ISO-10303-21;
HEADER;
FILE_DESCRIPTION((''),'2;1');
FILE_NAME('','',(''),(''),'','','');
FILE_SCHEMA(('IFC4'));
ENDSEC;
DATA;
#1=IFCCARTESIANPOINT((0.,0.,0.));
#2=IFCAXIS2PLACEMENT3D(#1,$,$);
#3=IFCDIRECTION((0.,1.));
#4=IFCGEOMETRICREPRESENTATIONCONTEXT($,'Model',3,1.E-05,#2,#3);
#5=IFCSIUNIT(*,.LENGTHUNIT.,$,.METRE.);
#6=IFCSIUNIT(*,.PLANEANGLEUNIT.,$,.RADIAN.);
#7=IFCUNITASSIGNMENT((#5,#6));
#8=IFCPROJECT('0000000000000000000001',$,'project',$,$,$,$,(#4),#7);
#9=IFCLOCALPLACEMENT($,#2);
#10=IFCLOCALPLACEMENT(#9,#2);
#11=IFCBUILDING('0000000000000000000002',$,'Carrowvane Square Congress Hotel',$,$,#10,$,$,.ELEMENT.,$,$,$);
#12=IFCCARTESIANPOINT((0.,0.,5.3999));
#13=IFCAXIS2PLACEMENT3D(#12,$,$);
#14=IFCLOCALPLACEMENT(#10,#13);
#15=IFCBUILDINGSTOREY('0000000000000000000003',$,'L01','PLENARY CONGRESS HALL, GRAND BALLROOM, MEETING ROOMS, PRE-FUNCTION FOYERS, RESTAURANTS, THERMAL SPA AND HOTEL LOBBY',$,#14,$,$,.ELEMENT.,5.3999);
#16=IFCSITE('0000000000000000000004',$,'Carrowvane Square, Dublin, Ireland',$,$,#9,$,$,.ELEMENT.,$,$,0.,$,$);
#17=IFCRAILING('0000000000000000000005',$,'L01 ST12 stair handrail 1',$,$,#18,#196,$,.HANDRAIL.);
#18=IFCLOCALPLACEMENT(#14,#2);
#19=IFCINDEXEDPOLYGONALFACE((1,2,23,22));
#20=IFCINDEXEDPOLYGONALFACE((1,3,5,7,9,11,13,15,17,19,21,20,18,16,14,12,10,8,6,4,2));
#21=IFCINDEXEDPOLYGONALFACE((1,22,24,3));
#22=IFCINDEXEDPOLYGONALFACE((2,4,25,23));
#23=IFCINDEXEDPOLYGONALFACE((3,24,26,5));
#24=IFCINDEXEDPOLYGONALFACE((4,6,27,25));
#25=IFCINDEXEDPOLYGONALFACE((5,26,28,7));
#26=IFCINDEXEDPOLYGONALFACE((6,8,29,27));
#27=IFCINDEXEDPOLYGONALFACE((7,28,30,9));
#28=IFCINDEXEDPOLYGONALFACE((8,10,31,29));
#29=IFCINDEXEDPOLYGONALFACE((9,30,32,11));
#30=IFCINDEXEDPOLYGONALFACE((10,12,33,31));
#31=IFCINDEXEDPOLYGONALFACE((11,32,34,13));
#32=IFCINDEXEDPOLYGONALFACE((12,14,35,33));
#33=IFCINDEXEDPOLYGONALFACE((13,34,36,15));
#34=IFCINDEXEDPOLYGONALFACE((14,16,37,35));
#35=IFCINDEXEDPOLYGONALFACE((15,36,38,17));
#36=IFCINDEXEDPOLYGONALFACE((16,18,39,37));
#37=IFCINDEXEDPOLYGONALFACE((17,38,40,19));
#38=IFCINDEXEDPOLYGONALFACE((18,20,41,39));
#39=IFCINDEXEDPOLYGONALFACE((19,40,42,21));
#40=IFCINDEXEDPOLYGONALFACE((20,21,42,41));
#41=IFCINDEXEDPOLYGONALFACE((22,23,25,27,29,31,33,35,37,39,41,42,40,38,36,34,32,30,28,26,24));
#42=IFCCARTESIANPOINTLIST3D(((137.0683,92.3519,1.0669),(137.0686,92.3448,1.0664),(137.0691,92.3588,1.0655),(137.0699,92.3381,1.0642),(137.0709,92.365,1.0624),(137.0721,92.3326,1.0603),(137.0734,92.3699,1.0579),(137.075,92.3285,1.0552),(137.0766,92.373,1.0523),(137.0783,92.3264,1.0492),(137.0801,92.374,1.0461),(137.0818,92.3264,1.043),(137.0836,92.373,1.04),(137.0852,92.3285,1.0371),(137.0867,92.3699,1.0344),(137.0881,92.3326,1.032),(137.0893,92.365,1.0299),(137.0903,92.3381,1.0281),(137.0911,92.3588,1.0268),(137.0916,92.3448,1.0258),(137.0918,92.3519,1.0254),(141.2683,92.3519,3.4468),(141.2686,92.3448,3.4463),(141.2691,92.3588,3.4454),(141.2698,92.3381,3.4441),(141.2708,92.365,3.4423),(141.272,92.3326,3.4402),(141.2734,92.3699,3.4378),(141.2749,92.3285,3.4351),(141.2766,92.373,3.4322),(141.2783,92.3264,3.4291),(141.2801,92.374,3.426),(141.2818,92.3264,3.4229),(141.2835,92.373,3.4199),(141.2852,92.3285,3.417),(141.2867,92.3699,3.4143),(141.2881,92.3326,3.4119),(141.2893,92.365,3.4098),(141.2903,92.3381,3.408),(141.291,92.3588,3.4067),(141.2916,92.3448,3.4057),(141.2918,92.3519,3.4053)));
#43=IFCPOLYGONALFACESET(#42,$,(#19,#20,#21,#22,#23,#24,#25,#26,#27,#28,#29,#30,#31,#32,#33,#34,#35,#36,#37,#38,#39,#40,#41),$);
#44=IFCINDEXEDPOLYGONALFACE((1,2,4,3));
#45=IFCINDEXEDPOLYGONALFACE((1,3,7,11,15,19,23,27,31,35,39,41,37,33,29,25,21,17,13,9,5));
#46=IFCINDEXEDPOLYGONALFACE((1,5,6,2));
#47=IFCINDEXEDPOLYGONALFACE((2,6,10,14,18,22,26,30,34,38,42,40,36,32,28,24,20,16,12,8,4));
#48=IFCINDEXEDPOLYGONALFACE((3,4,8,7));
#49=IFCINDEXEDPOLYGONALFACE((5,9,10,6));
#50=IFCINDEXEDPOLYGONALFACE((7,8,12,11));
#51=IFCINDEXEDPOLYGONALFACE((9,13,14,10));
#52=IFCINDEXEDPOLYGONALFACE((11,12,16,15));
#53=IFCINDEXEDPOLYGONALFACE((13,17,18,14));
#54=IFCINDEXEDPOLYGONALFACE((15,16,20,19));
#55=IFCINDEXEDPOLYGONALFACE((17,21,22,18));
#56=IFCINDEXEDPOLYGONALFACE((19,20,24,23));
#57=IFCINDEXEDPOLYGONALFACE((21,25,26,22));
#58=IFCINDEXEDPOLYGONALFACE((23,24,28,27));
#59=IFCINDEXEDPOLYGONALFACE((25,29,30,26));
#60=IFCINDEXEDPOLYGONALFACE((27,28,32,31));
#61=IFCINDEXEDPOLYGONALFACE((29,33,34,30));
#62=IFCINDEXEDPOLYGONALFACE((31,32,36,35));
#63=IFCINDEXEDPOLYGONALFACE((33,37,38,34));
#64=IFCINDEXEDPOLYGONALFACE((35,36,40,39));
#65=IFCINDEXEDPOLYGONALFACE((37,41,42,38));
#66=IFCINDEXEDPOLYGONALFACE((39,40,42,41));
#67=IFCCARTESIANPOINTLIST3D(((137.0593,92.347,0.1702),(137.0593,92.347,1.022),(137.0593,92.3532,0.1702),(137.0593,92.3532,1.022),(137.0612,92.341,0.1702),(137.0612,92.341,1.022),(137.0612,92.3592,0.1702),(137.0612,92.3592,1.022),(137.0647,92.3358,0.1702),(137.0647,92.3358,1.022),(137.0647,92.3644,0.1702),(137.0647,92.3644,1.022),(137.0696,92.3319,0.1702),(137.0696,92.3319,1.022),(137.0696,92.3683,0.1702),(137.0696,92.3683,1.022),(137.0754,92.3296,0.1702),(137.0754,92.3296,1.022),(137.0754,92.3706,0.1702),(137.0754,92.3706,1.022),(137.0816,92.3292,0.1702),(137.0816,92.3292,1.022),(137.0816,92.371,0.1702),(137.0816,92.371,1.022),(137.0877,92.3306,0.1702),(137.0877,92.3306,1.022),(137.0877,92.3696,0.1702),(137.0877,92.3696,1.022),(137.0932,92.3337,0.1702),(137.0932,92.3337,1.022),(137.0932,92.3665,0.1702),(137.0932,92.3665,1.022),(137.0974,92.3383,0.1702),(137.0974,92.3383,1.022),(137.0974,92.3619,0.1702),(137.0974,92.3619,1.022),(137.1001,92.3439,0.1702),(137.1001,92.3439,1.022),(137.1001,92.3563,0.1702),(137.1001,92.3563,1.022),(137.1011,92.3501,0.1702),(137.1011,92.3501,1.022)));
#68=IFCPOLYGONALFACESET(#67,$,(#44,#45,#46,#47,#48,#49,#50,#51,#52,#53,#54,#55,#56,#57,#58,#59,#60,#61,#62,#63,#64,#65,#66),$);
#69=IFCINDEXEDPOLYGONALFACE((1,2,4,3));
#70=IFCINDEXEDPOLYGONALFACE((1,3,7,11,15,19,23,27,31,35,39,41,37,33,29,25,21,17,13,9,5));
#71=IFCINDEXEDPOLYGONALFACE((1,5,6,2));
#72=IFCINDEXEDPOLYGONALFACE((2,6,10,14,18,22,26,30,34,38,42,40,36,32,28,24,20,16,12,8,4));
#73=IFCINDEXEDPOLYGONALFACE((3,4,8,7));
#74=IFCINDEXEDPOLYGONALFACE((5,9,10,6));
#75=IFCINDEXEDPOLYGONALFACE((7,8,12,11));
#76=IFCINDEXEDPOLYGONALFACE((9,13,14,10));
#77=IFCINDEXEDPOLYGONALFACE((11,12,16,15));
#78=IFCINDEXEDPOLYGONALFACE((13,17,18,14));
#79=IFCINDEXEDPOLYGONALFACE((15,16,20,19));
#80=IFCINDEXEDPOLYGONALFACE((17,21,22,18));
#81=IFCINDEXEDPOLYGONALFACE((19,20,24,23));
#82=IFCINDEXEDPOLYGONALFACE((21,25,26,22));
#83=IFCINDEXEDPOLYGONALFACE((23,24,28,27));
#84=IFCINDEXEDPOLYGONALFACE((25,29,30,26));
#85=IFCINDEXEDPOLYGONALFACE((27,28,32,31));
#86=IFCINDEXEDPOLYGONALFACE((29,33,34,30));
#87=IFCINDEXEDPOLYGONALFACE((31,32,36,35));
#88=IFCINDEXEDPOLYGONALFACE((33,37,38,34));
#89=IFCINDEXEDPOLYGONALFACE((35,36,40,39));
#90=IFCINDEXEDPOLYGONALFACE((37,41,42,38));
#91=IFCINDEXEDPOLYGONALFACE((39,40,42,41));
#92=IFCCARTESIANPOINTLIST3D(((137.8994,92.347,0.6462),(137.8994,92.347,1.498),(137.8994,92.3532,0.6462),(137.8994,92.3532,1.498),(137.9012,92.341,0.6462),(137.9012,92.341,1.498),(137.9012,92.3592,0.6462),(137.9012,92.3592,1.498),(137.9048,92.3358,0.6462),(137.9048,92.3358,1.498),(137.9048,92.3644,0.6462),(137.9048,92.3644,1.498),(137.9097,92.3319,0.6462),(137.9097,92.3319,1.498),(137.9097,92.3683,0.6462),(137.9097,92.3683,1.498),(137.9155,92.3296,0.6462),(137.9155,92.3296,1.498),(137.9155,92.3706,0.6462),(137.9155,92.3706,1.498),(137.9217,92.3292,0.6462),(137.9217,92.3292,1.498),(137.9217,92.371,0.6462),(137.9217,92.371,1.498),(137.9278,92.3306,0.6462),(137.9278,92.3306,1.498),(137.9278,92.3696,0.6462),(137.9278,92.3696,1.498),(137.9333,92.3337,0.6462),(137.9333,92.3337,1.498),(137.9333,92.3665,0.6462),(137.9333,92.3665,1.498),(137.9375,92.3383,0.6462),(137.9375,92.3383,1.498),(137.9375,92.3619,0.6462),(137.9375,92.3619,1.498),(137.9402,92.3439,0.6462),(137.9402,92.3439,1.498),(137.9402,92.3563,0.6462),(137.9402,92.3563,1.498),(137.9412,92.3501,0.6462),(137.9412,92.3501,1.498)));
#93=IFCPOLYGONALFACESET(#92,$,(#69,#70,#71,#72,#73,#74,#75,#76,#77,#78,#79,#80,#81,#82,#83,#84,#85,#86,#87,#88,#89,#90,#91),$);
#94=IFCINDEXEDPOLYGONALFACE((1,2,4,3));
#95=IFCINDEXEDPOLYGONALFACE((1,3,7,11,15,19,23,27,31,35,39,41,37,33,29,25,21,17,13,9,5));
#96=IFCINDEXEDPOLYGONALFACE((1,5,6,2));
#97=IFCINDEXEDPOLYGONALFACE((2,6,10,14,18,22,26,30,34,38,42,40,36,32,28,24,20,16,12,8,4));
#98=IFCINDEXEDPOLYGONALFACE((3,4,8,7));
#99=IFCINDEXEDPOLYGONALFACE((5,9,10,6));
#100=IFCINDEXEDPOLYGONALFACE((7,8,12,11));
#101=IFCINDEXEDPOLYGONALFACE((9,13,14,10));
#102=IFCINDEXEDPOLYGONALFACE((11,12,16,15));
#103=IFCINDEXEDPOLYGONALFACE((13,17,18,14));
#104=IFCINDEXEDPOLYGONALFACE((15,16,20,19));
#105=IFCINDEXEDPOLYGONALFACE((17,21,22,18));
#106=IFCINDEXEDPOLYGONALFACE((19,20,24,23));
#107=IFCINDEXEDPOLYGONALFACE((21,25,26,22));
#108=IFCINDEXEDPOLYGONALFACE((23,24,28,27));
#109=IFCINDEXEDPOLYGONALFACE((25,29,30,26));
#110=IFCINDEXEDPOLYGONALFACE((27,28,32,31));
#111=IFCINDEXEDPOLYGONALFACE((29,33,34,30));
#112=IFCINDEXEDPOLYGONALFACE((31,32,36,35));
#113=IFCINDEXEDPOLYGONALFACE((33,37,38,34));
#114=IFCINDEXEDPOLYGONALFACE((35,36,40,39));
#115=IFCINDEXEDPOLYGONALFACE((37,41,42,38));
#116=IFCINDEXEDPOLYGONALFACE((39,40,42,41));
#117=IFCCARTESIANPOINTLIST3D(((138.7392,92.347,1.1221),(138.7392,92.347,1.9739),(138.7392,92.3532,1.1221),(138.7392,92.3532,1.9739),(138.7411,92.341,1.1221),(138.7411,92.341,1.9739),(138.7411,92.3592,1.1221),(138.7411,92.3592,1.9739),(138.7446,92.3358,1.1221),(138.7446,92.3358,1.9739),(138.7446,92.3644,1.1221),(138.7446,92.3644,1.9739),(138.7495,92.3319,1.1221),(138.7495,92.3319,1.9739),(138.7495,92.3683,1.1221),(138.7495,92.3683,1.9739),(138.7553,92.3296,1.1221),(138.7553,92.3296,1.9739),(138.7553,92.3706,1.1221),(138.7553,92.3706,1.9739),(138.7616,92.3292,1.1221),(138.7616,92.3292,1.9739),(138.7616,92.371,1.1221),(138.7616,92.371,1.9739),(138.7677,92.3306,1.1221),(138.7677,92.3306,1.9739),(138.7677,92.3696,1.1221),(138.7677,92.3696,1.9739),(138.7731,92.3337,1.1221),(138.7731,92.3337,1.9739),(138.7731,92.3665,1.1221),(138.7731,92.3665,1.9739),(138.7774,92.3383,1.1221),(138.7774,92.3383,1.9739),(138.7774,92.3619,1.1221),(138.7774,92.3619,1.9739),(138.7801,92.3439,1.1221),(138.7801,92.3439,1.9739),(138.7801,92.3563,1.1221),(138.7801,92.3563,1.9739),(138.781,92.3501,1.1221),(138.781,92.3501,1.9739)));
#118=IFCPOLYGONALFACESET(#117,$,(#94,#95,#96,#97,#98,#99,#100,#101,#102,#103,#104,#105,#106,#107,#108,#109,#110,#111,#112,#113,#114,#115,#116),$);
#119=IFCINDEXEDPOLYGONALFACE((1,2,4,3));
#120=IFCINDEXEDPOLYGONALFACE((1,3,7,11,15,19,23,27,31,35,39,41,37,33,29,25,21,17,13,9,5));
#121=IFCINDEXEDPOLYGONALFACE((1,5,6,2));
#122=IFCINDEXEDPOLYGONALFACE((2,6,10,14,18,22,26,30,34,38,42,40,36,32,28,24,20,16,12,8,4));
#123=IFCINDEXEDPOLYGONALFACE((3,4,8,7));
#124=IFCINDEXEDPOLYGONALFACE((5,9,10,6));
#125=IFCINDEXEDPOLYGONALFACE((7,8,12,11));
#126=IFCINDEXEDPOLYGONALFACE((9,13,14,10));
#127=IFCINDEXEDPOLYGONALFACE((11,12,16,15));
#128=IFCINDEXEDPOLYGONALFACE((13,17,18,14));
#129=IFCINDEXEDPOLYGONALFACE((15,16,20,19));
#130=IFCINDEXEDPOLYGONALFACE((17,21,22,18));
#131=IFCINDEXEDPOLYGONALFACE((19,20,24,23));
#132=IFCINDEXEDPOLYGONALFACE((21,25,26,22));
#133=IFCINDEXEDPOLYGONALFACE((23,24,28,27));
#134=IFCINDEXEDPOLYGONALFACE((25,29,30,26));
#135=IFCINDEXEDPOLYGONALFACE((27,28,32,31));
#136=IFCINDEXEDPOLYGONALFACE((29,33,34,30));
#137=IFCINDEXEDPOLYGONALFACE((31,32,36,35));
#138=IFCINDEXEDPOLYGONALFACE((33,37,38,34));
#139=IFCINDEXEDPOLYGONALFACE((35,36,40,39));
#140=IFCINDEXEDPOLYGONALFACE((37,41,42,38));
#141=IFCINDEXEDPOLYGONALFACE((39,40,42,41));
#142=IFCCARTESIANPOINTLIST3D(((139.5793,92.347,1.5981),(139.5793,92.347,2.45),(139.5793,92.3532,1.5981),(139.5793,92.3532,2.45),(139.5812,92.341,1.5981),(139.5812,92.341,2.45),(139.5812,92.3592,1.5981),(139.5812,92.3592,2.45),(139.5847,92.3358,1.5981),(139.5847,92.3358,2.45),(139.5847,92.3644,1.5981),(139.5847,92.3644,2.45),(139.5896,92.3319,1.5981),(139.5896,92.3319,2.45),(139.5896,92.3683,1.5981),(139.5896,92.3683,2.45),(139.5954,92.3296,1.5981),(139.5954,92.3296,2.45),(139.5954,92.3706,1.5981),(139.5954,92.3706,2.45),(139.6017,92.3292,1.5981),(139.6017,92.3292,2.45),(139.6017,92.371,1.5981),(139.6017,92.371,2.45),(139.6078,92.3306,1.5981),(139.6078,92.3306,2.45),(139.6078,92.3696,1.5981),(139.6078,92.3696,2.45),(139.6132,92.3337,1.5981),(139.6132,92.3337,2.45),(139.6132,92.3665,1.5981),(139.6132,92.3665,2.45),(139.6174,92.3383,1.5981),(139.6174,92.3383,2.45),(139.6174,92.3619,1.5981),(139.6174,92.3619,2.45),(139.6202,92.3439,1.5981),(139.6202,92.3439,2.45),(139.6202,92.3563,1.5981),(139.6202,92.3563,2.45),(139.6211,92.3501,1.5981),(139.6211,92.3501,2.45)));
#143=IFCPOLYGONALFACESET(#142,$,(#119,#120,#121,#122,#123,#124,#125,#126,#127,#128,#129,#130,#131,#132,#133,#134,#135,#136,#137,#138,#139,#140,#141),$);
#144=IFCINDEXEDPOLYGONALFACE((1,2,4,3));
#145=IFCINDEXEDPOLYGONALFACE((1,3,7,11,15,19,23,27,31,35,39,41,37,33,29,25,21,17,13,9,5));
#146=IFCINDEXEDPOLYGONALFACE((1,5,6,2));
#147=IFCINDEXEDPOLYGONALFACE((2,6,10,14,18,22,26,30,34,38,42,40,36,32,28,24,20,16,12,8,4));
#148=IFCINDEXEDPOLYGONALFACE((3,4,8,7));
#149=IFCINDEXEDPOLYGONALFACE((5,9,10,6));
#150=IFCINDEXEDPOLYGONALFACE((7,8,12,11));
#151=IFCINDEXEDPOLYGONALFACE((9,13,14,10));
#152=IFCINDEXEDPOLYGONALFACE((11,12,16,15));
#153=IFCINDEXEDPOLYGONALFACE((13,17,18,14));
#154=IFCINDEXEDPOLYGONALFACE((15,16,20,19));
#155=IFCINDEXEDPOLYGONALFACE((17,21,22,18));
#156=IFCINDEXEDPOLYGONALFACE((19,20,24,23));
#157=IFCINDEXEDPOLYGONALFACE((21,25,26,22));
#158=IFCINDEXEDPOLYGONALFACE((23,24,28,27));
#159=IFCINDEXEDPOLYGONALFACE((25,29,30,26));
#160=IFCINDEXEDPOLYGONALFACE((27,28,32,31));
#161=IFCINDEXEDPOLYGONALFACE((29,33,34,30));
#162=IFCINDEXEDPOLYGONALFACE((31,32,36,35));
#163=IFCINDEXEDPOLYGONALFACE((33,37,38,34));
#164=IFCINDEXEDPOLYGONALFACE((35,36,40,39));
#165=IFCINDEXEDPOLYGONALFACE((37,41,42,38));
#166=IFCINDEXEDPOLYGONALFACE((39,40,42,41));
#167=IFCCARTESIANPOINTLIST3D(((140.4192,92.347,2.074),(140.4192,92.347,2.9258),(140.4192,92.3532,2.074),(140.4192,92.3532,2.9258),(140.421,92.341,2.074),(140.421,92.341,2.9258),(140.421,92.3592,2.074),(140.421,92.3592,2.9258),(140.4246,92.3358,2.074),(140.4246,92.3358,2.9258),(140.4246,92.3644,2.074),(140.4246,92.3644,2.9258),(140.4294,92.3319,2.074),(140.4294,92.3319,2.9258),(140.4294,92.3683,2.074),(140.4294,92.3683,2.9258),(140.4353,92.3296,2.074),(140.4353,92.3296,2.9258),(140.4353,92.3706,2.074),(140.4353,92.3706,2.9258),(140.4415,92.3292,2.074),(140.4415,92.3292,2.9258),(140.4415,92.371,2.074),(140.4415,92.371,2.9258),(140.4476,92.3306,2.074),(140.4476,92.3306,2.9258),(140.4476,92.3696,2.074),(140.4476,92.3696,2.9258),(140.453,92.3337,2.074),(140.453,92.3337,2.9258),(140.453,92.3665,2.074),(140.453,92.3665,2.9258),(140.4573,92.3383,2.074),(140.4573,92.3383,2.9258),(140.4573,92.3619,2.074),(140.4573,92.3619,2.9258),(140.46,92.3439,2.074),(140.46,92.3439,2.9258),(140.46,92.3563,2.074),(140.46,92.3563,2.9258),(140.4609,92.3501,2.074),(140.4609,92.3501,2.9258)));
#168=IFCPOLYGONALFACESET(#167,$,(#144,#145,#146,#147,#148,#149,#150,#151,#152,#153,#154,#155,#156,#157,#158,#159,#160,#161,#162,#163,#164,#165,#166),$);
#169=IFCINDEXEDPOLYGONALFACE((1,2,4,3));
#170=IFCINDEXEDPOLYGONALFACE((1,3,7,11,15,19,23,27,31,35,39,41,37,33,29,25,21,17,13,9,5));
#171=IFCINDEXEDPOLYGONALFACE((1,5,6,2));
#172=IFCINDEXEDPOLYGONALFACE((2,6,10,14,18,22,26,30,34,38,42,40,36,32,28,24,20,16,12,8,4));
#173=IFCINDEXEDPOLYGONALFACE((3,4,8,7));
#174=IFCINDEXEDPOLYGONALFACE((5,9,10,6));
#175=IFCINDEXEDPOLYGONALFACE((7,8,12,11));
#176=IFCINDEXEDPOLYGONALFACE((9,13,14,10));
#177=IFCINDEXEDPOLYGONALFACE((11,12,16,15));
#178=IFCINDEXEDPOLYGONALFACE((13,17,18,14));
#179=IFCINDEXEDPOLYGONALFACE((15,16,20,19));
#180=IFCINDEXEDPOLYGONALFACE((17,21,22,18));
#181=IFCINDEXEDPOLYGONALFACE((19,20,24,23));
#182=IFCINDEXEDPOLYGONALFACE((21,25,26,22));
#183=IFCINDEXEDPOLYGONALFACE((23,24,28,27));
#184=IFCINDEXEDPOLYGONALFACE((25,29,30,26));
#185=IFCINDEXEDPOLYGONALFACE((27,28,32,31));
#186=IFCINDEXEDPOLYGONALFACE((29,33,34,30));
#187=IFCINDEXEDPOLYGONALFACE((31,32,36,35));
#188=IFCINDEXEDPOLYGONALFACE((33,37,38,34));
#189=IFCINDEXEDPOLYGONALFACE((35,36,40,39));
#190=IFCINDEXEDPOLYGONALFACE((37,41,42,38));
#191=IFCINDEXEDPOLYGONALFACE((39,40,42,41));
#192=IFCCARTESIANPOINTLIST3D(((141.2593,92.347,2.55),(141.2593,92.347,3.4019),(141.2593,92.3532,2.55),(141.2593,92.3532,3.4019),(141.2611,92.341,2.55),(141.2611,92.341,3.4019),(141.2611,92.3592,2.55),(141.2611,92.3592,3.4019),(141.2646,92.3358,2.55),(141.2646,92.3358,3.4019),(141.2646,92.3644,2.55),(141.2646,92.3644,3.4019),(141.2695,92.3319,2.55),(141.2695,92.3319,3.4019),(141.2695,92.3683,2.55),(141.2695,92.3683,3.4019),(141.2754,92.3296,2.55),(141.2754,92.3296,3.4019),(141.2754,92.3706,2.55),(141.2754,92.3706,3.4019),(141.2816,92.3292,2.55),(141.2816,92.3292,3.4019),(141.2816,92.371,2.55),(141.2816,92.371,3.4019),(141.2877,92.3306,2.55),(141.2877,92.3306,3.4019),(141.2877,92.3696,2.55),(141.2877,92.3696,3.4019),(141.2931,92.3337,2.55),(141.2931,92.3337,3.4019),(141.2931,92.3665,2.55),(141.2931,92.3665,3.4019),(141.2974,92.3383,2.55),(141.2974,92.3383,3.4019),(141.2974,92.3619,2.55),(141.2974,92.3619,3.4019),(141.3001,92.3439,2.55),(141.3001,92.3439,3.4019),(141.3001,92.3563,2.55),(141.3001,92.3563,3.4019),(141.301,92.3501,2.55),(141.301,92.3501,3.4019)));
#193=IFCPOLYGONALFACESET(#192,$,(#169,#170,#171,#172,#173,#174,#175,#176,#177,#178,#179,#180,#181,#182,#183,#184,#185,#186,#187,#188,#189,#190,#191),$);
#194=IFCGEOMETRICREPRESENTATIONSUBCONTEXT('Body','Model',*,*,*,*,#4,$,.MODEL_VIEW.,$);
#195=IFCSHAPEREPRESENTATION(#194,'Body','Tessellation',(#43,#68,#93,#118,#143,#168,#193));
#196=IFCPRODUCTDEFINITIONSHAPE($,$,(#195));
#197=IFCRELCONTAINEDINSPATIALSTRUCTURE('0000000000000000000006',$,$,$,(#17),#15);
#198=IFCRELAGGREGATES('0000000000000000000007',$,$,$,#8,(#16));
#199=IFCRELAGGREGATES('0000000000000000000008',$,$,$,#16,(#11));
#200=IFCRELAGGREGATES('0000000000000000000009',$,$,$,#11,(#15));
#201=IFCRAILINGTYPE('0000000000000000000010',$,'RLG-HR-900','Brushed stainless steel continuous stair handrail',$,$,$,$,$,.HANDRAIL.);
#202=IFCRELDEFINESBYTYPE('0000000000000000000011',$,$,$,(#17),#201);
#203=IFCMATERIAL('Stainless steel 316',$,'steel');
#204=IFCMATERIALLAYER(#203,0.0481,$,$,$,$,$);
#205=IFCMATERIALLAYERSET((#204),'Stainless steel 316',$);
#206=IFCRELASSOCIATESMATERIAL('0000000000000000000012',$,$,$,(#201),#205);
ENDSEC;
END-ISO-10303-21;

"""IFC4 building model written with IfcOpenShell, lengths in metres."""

from ifc_helpers import new_model, si_unit, direction, frame, origin, origin_2d, place, context, subcontext, project, spatial, circle, extrude, material, layer, layer_set, type_object, element, save


model = new_model("IFC4")

# Units and contexts
model_context = context("Model", 3, precision=1e-05, world=origin(), true_north=direction((0.0, 1.0)))
body_context = subcontext(model_context, "Body", "Model", "MODEL_VIEW")
ifc_project = project(units=[si_unit("LENGTHUNIT", "METRE"), si_unit("PLANEANGLEUNIT", "RADIAN")], contexts=[model_context])

# Site, building, storey
site_placement = place(None, origin())
site = spatial("IfcSite", under=ifc_project, at=site_placement, Name="Carrowvane Square, Dublin, Ireland", CompositionType="ELEMENT", RefElevation=0.0)
building_placement = place(site_placement, origin())
building = spatial("IfcBuilding", under=site, at=building_placement, Name="Carrowvane Square Congress Hotel", CompositionType="ELEMENT")
storey_placement = place(building_placement, frame((0.0, 0.0, 5.3999)))
storey = spatial("IfcBuildingStorey", under=building, at=storey_placement, Name="L01", Description="PLENARY CONGRESS HALL, GRAND BALLROOM, MEETING ROOMS, PRE-FUNCTION FOYERS, RESTAURANTS, THERMAL SPA AND HOTEL LOBBY", CompositionType="ELEMENT", Elevation=5.3999)

# Railing
ifc_material_1 = material(Name="Stainless steel 316", Category="steel")
ifc_layer_1 = layer(ifc_material_1, 0.0481)
ifc_layer_set_1 = layer_set([ifc_layer_1], Name="Stainless steel 316")
railing_type_1 = type_object("IfcRailingType", Name="RLG-HR-900", Description="Brushed stainless steel continuous stair handrail", PredefinedType="HANDRAIL", material=ifc_layer_set_1)
railing_1_placement = place(storey_placement, frame((137.0801, 92.3501, 0.1702)))
element("IfcRailing", 1, at=railing_1_placement, inside=storey, type_object=railing_type_1, Name="L01 ST12 stair handrail 1", PredefinedType="HANDRAIL", context=body_context, shape_type="SweptSolid", body=[
    extrude(circle(Radius=0.0239, at=origin_2d()), frame((0.0, 0.0, 0.876), z_axis=(0.87003, 0.0, 0.492999), x_axis=(0.0, 1.0, 0.0)), (0.0, 0.0, 1.0), 4.8274),
    extrude(circle(Radius=0.021, at=origin_2d()), origin(), (0.0, 0.0, 1.0), 0.8518),
    extrude(circle(Radius=0.021, at=origin_2d()), frame((0.8401, 0.0, 0.4761)), (0.0, 0.0, 1.0), 0.8518),
    extrude(circle(Radius=0.021, at=origin_2d()), frame((1.6799, 0.0, 0.9519)), (0.0, 0.0, 1.0), 0.8518),
    extrude(circle(Radius=0.021, at=origin_2d()), frame((2.52, 0.0, 1.428)), (0.0, 0.0, 1.0), 0.8518),
    extrude(circle(Radius=0.021, at=origin_2d()), frame((3.3599, 0.0, 1.9038)), (0.0, 0.0, 1.0), 0.8518),
    extrude(circle(Radius=0.021, at=origin_2d()), frame((4.2, 0.0, 2.3799)), (0.0, 0.0, 1.0), 0.8518),
])

save(model, "model.ifc")
